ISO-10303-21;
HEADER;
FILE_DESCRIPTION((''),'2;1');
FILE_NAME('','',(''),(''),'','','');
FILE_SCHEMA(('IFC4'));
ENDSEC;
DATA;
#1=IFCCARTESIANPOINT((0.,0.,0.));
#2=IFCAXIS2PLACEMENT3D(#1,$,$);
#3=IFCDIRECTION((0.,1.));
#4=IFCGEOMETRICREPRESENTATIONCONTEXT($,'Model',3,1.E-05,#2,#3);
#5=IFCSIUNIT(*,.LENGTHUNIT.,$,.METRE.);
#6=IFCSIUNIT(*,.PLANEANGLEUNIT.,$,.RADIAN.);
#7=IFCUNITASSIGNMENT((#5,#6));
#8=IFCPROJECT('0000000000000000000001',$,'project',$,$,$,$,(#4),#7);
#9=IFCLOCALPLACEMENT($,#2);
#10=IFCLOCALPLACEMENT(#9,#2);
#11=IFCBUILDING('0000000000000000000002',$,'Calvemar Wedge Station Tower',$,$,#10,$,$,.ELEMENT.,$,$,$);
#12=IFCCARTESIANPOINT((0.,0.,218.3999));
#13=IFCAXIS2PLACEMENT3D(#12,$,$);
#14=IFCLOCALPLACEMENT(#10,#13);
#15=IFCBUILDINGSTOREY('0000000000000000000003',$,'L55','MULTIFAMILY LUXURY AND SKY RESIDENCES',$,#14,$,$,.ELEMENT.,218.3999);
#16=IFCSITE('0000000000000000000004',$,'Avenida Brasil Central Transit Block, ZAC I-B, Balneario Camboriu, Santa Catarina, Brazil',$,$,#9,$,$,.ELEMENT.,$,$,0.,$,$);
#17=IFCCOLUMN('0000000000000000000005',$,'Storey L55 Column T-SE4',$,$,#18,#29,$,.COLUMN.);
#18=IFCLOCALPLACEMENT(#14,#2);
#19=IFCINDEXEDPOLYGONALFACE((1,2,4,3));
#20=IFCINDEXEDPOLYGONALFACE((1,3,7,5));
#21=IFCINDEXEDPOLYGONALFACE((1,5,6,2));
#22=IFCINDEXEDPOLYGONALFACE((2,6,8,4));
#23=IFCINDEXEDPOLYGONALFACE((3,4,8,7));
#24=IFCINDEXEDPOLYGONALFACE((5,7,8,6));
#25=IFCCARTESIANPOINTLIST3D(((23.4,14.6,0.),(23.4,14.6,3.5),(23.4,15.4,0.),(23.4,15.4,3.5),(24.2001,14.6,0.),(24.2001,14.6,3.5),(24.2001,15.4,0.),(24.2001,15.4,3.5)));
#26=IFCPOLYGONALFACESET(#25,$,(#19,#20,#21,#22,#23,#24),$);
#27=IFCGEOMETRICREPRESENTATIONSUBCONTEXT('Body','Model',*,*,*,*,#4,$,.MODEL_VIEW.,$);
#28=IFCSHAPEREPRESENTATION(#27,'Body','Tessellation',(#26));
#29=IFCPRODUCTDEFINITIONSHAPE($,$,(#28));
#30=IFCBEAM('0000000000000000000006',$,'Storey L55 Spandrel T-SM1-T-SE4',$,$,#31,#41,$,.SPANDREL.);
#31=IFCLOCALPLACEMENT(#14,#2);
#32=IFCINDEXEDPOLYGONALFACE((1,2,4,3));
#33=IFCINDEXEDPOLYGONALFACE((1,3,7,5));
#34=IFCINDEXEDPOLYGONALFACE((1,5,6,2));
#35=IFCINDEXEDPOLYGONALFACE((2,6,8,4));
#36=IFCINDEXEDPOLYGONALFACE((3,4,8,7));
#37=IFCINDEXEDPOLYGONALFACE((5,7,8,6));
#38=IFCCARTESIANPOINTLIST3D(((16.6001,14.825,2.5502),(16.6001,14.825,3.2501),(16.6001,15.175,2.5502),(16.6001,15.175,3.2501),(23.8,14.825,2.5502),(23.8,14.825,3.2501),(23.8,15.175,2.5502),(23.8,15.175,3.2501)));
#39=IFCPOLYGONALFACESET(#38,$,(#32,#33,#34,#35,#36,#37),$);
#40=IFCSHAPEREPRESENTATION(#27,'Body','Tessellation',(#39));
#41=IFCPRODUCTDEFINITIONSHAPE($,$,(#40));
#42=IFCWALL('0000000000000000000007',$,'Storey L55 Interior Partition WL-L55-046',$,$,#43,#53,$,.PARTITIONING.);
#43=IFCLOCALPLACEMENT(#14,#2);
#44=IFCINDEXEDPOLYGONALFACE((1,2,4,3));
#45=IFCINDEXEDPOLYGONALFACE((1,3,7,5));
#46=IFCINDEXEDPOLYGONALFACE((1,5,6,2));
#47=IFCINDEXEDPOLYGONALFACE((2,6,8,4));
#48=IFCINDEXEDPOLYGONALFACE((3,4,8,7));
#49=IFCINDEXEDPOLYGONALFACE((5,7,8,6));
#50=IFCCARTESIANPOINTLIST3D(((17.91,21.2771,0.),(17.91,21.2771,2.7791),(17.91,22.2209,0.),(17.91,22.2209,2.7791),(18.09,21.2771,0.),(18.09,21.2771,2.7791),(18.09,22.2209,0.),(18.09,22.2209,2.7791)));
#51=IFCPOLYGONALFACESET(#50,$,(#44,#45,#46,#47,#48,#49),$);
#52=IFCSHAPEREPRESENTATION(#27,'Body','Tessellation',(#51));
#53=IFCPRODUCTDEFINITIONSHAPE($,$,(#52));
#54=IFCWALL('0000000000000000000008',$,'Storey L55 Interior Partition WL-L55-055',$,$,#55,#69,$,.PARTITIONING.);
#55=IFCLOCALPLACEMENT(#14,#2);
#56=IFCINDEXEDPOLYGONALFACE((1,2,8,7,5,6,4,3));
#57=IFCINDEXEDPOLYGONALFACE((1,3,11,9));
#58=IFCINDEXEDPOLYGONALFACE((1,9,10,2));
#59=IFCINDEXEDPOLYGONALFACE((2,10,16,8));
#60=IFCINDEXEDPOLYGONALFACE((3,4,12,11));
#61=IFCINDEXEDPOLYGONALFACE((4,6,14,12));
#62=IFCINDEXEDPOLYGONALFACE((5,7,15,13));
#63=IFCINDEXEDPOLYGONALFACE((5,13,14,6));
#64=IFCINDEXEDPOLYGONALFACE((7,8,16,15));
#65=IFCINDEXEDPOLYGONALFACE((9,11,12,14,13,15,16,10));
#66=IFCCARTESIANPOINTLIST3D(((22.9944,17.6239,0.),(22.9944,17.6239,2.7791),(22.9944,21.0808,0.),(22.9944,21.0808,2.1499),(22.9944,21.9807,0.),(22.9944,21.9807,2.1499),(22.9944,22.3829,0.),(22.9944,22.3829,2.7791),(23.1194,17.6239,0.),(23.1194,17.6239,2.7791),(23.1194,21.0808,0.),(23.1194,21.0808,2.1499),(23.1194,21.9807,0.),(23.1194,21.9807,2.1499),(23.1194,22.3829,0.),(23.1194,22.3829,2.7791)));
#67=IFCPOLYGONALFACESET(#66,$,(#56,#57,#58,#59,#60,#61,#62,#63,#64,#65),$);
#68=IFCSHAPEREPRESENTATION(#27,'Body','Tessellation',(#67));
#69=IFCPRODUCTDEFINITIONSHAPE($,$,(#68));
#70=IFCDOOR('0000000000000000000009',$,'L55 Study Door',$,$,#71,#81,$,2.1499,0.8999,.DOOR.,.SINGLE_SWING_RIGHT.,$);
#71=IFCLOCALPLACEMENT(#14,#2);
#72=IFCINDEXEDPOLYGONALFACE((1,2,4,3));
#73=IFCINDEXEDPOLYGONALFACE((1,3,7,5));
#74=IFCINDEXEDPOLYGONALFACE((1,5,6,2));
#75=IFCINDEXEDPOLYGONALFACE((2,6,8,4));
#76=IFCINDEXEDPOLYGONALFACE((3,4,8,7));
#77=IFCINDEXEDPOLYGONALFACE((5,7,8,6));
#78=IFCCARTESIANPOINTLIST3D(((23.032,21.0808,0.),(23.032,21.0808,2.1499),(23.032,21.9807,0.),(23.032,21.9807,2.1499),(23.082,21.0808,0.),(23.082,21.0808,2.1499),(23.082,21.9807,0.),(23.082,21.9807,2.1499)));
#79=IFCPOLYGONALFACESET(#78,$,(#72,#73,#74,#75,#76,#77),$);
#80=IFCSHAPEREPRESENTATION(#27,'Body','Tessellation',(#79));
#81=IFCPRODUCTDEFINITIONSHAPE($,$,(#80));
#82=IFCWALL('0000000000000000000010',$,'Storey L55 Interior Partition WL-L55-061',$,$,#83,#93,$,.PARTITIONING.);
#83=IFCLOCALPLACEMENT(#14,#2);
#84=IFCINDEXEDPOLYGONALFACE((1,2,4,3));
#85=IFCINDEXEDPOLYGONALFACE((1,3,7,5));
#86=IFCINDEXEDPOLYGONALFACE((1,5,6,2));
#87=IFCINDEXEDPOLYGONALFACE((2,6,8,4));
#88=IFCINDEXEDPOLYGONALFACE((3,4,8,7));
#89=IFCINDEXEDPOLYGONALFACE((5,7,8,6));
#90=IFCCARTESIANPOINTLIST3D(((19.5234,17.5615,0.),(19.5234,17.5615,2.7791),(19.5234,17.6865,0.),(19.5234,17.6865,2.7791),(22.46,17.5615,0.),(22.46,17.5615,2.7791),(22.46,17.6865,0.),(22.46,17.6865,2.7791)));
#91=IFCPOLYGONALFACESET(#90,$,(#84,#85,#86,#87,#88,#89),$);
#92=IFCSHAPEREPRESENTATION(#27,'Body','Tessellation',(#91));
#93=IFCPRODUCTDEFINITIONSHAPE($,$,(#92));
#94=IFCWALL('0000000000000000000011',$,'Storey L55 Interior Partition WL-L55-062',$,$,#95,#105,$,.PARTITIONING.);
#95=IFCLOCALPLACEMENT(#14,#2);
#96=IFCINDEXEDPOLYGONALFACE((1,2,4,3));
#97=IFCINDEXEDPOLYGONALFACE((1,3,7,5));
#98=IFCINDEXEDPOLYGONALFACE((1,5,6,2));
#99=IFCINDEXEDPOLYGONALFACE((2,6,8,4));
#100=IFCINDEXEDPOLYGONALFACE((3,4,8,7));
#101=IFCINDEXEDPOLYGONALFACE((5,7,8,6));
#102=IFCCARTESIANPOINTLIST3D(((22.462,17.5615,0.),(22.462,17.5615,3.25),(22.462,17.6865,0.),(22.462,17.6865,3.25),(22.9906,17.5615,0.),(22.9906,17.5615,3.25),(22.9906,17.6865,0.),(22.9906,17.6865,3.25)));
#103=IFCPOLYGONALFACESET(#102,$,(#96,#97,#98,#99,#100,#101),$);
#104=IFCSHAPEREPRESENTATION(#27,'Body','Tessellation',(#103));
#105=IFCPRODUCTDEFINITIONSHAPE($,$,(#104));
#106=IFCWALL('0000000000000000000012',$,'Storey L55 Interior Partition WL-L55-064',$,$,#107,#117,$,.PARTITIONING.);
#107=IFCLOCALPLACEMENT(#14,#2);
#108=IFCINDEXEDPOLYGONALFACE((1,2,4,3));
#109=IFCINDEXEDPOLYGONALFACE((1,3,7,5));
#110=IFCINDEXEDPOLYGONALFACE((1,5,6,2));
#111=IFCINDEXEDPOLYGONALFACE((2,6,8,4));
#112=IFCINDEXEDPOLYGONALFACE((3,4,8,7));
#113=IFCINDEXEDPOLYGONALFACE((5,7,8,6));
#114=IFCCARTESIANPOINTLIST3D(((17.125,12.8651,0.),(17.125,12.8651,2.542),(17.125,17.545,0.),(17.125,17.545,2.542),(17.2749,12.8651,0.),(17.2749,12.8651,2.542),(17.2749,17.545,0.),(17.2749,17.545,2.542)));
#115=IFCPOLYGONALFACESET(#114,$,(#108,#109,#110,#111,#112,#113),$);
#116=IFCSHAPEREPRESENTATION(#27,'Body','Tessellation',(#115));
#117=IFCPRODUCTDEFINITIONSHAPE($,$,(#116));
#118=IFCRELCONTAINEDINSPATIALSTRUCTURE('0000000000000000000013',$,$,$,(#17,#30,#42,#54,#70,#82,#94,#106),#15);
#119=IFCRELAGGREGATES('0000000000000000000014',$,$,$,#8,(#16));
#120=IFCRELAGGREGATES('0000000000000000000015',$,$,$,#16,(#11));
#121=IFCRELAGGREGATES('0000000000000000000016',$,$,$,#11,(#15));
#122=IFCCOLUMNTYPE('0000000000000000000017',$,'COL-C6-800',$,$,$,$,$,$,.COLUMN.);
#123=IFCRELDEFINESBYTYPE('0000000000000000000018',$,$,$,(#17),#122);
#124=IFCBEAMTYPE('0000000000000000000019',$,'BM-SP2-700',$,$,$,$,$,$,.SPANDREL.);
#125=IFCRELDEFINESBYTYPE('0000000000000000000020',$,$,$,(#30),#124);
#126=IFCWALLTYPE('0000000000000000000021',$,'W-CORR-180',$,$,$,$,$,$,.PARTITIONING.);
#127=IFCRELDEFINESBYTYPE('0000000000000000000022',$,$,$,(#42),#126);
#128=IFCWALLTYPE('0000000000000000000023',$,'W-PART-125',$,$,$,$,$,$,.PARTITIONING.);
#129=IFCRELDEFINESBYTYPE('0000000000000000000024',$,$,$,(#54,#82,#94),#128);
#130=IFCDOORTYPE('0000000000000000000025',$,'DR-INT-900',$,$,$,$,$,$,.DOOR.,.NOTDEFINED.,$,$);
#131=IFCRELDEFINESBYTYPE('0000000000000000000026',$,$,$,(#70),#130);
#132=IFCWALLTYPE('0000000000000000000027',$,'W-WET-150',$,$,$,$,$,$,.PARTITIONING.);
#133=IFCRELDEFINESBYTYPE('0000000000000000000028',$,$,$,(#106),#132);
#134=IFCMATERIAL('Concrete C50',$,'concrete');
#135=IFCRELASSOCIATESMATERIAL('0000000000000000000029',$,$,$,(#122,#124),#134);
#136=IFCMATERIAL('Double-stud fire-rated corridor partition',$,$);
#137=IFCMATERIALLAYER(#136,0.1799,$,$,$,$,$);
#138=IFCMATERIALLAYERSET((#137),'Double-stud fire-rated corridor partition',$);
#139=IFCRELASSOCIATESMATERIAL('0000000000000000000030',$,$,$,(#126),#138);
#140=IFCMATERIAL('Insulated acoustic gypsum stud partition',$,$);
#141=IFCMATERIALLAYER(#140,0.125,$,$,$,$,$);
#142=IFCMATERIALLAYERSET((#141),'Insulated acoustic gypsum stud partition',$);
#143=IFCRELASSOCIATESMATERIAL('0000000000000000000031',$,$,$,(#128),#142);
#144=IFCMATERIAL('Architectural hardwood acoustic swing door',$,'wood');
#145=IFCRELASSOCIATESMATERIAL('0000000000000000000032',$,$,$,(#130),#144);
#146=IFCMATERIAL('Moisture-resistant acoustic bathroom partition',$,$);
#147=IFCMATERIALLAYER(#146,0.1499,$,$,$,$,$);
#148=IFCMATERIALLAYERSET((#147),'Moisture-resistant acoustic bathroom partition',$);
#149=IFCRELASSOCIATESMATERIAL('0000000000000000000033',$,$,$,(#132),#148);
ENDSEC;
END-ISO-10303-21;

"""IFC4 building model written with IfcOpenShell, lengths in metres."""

from ifc_helpers import new_model, si_unit, direction, frame, frame_2d, origin, origin_2d, place, context, subcontext, project, spatial, rectangle, extrude, source, transform, mapped, material, layer, layer_set, material_profile, profile_set, type_object, element, fill, save


model = new_model("IFC4")

# Units and contexts
model_context = context("Model", 3, precision=1e-05, world=origin(), true_north=direction((0.0, 1.0)))
body_context = subcontext(model_context, "Body", "Model", "MODEL_VIEW")
ifc_project = project(units=[si_unit("LENGTHUNIT", "METRE"), si_unit("PLANEANGLEUNIT", "RADIAN")], contexts=[model_context])

# Site, building, storey
site_placement = place(None, origin())
site = spatial("IfcSite", under=ifc_project, at=site_placement, Name="Avenida Brasil Central Transit Block, ZAC I-B, Balneario Camboriu, Santa Catarina, Brazil", CompositionType="ELEMENT", RefElevation=0.0)
building_placement = place(site_placement, origin())
building = spatial("IfcBuilding", under=site, at=building_placement, Name="Calvemar Wedge Station Tower", CompositionType="ELEMENT")
storey_placement = place(building_placement, frame((0.0, 0.0, 218.3999)))
storey = spatial("IfcBuildingStorey", under=building, at=storey_placement, Name="L55", Description="MULTIFAMILY LUXURY AND SKY RESIDENCES", CompositionType="ELEMENT", Elevation=218.3999)

# Column
ifc_material_1 = material(Name="Concrete C50", Category="concrete")
ifc_material_profile_1 = material_profile(ifc_material_1, rectangle(XDim=0.8, YDim=0.8, at=origin_2d()), Name="RC800x800")
ifc_profile_set_1 = profile_set([ifc_material_profile_1], Name="Concrete C50")
column_type = type_object("IfcColumnType", Name="COL-C6-800", PredefinedType="COLUMN", material=ifc_profile_set_1)
shared_shape_1 = source(origin(), body_context, "Body", "SweptSolid", [
    extrude(rectangle(XDim=0.8, YDim=0.8, at=origin_2d()), origin(), (0.0, 0.0, 1.0), 3.5),
])
column_placement = place(storey_placement, frame((23.8, 15.0, 0.0), z_axis=(0.0, 0.0, 1.0), x_axis=(1.0, 0.0, 0.0)))
element("IfcColumn", 1, at=column_placement, inside=storey, type_object=column_type, Name="Storey L55 Column T-SE4", PredefinedType="COLUMN", context=body_context, shape_type="MappedRepresentation", body=[
    mapped(shared_shape_1, transform((0.0, 0.0, 0.0), scale=1.0)),
])

# Beam
ifc_material_profile_2 = material_profile(ifc_material_1, rectangle(XDim=0.3501, YDim=0.7, at=origin_2d()), Name="RC350x700")
ifc_profile_set_2 = profile_set([ifc_material_profile_2], Name="Concrete C50")
beam_type = type_object("IfcBeamType", Name="BM-SP2-700", PredefinedType="SPANDREL", material=ifc_profile_set_2)
shared_shape_2 = source(origin(), body_context, "Body", "SweptSolid", [
    extrude(rectangle(XDim=0.3501, YDim=0.7, at=origin_2d()), origin(), (0.0, 0.0, 1.0), 7.2),
])
beam_placement = place(storey_placement, frame((16.6001, 15.0, 2.9001), z_axis=(1.0, 0.0, 0.0), x_axis=(0.0, 1.0, 0.0)))
element("IfcBeam", 2, at=beam_placement, inside=storey, type_object=beam_type, Name="Storey L55 Spandrel T-SM1-T-SE4", PredefinedType="SPANDREL", context=body_context, shape_type="MappedRepresentation", body=[
    mapped(shared_shape_2, transform((0.0, 0.0, 0.0), scale=1.0)),
])

# Shared definitions
ifc_material_2 = material(Name="Double-stud fire-rated corridor partition")
ifc_layer_1 = layer(ifc_material_2, 0.1799)
ifc_layer_set_1 = layer_set([ifc_layer_1], Name="Double-stud fire-rated corridor partition")
wall_type_1 = type_object("IfcWallType", Name="W-CORR-180", PredefinedType="PARTITIONING", material=ifc_layer_set_1)

# Wall
wall_1_placement = place(storey_placement, frame((18.0, 21.2771, 0.0), z_axis=(0.0, 0.0, 1.0), x_axis=(0.0, 1.0, 0.0)))
element("IfcWall", 3, at=wall_1_placement, inside=storey, type_object=wall_type_1, Name="Storey L55 Interior Partition WL-L55-046", PredefinedType="PARTITIONING", context=body_context, shape_type="SweptSolid", body=[
    extrude(rectangle(XDim=0.9438, YDim=0.1799, at=frame_2d((0.4719, 0.0))), origin(), (0.0, 0.0, 1.0), 2.7791),
])

# Wall, opening, door
ifc_material_3 = material(Name="Insulated acoustic gypsum stud partition")
ifc_layer_2 = layer(ifc_material_3, 0.125)
ifc_layer_set_2 = layer_set([ifc_layer_2], Name="Insulated acoustic gypsum stud partition")
wall_type_2 = type_object("IfcWallType", Name="W-PART-125", PredefinedType="PARTITIONING", material=ifc_layer_set_2)
wall_2_placement = place(storey_placement, frame((23.0569, 17.624, 0.0), z_axis=(0.0, 0.0, 1.0), x_axis=(0.0, 1.0, 0.0)))
wall_2 = element("IfcWall", 4, at=wall_2_placement, inside=storey, type_object=wall_type_2, Name="Storey L55 Interior Partition WL-L55-055", PredefinedType="PARTITIONING", context=body_context, shape_type="SweptSolid", body=[
    extrude(rectangle(XDim=4.759, YDim=0.125, at=frame_2d((2.3794, 0.0))), origin(), (0.0, 0.0, 1.0), 2.7791),
])
shared_shape_3 = source(origin(), body_context, "Body", "SweptSolid", [
    extrude(rectangle(XDim=0.8999, YDim=2.1499, at=frame_2d((0.45, 1.075))), frame((0.0, 0.0725, 0.0), z_axis=(0.0, -1.0, 0.0), x_axis=(1.0, 0.0, 0.0)), (0.0, 0.0, 1.0), 0.145),
])
opening_1_placement = place(wall_2_placement, frame((3.4568, 0.0, 0.0)))
opening_1 = element("IfcOpeningElement", 5, at=opening_1_placement, cuts=wall_2, PredefinedType="OPENING", context=body_context, shape_type="MappedRepresentation", body=[
    mapped(shared_shape_3, transform((0.0, 0.0, 0.0), scale=1.0)),
])
ifc_material_4 = material(Name="Architectural hardwood acoustic swing door", Category="wood")
door_type_1 = type_object("IfcDoorType", Name="DR-INT-900", OperationType="NOTDEFINED", PredefinedType="DOOR", material=ifc_material_4)
shared_shape_4 = source(origin(), body_context, "Body", "SweptSolid", [
    extrude(rectangle(XDim=0.8999, YDim=2.1499, at=frame_2d((0.45, 1.075))), frame((0.0, 0.0249, 0.0), z_axis=(0.0, -1.0, 0.0), x_axis=(1.0, 0.0, 0.0)), (0.0, 0.0, 1.0), 0.05),
])
door_1_placement = place(opening_1_placement, origin())
door_1 = element("IfcDoor", 6, at=door_1_placement, inside=storey, type_object=door_type_1, Name="L55 Study Door", OperationType="SINGLE_SWING_RIGHT", OverallHeight=2.1499, OverallWidth=0.8999, PredefinedType="DOOR", context=body_context, shape_type="MappedRepresentation", body=[
    mapped(shared_shape_4, transform((0.0, 0.0, 0.0), scale=1.0)),
])
fill(opening_1, door_1)

# Walls
wall_3_placement = place(storey_placement, frame((22.46, 17.624, 0.0), z_axis=(0.0, 0.0, 1.0), x_axis=(-1.0, 0.0, 0.0)))
element("IfcWall", 7, at=wall_3_placement, inside=storey, type_object=wall_type_2, Name="Storey L55 Interior Partition WL-L55-061", PredefinedType="PARTITIONING", context=body_context, shape_type="SweptSolid", body=[
    extrude(rectangle(XDim=2.9365, YDim=0.125, at=frame_2d((1.4683, 0.0))), origin(), (0.0, 0.0, 1.0), 2.7791),
])
wall_4_placement = place(storey_placement, frame((22.9905, 17.624, 0.0), z_axis=(0.0, 0.0, 1.0), x_axis=(-1.0, 0.0, 0.0)))
element("IfcWall", 8, at=wall_4_placement, inside=storey, type_object=wall_type_2, Name="Storey L55 Interior Partition WL-L55-062", PredefinedType="PARTITIONING", context=body_context, shape_type="SweptSolid", body=[
    extrude(rectangle(XDim=0.5286, YDim=0.125, at=frame_2d((0.2642, 0.0))), origin(), (0.0, 0.0, 1.0), 3.25),
])

# Shared definitions
ifc_material_5 = material(Name="Moisture-resistant acoustic bathroom partition")
ifc_layer_3 = layer(ifc_material_5, 0.1499)
ifc_layer_set_3 = layer_set([ifc_layer_3], Name="Moisture-resistant acoustic bathroom partition")
wall_type_3 = type_object("IfcWallType", Name="W-WET-150", PredefinedType="PARTITIONING", material=ifc_layer_set_3)

# Wall
wall_5_placement = place(storey_placement, frame((17.2, 17.5449, 0.0), z_axis=(0.0, 0.0, 1.0), x_axis=(0.0, -1.0, 0.0)))
element("IfcWall", 9, at=wall_5_placement, inside=storey, type_object=wall_type_3, Name="Storey L55 Interior Partition WL-L55-064", PredefinedType="PARTITIONING", context=body_context, shape_type="SweptSolid", body=[
    extrude(rectangle(XDim=4.6799, YDim=0.1499, at=frame_2d((2.3398, 0.0))), origin(), (0.0, 0.0, 1.0), 2.542),
])

save(model, "model.ifc")
